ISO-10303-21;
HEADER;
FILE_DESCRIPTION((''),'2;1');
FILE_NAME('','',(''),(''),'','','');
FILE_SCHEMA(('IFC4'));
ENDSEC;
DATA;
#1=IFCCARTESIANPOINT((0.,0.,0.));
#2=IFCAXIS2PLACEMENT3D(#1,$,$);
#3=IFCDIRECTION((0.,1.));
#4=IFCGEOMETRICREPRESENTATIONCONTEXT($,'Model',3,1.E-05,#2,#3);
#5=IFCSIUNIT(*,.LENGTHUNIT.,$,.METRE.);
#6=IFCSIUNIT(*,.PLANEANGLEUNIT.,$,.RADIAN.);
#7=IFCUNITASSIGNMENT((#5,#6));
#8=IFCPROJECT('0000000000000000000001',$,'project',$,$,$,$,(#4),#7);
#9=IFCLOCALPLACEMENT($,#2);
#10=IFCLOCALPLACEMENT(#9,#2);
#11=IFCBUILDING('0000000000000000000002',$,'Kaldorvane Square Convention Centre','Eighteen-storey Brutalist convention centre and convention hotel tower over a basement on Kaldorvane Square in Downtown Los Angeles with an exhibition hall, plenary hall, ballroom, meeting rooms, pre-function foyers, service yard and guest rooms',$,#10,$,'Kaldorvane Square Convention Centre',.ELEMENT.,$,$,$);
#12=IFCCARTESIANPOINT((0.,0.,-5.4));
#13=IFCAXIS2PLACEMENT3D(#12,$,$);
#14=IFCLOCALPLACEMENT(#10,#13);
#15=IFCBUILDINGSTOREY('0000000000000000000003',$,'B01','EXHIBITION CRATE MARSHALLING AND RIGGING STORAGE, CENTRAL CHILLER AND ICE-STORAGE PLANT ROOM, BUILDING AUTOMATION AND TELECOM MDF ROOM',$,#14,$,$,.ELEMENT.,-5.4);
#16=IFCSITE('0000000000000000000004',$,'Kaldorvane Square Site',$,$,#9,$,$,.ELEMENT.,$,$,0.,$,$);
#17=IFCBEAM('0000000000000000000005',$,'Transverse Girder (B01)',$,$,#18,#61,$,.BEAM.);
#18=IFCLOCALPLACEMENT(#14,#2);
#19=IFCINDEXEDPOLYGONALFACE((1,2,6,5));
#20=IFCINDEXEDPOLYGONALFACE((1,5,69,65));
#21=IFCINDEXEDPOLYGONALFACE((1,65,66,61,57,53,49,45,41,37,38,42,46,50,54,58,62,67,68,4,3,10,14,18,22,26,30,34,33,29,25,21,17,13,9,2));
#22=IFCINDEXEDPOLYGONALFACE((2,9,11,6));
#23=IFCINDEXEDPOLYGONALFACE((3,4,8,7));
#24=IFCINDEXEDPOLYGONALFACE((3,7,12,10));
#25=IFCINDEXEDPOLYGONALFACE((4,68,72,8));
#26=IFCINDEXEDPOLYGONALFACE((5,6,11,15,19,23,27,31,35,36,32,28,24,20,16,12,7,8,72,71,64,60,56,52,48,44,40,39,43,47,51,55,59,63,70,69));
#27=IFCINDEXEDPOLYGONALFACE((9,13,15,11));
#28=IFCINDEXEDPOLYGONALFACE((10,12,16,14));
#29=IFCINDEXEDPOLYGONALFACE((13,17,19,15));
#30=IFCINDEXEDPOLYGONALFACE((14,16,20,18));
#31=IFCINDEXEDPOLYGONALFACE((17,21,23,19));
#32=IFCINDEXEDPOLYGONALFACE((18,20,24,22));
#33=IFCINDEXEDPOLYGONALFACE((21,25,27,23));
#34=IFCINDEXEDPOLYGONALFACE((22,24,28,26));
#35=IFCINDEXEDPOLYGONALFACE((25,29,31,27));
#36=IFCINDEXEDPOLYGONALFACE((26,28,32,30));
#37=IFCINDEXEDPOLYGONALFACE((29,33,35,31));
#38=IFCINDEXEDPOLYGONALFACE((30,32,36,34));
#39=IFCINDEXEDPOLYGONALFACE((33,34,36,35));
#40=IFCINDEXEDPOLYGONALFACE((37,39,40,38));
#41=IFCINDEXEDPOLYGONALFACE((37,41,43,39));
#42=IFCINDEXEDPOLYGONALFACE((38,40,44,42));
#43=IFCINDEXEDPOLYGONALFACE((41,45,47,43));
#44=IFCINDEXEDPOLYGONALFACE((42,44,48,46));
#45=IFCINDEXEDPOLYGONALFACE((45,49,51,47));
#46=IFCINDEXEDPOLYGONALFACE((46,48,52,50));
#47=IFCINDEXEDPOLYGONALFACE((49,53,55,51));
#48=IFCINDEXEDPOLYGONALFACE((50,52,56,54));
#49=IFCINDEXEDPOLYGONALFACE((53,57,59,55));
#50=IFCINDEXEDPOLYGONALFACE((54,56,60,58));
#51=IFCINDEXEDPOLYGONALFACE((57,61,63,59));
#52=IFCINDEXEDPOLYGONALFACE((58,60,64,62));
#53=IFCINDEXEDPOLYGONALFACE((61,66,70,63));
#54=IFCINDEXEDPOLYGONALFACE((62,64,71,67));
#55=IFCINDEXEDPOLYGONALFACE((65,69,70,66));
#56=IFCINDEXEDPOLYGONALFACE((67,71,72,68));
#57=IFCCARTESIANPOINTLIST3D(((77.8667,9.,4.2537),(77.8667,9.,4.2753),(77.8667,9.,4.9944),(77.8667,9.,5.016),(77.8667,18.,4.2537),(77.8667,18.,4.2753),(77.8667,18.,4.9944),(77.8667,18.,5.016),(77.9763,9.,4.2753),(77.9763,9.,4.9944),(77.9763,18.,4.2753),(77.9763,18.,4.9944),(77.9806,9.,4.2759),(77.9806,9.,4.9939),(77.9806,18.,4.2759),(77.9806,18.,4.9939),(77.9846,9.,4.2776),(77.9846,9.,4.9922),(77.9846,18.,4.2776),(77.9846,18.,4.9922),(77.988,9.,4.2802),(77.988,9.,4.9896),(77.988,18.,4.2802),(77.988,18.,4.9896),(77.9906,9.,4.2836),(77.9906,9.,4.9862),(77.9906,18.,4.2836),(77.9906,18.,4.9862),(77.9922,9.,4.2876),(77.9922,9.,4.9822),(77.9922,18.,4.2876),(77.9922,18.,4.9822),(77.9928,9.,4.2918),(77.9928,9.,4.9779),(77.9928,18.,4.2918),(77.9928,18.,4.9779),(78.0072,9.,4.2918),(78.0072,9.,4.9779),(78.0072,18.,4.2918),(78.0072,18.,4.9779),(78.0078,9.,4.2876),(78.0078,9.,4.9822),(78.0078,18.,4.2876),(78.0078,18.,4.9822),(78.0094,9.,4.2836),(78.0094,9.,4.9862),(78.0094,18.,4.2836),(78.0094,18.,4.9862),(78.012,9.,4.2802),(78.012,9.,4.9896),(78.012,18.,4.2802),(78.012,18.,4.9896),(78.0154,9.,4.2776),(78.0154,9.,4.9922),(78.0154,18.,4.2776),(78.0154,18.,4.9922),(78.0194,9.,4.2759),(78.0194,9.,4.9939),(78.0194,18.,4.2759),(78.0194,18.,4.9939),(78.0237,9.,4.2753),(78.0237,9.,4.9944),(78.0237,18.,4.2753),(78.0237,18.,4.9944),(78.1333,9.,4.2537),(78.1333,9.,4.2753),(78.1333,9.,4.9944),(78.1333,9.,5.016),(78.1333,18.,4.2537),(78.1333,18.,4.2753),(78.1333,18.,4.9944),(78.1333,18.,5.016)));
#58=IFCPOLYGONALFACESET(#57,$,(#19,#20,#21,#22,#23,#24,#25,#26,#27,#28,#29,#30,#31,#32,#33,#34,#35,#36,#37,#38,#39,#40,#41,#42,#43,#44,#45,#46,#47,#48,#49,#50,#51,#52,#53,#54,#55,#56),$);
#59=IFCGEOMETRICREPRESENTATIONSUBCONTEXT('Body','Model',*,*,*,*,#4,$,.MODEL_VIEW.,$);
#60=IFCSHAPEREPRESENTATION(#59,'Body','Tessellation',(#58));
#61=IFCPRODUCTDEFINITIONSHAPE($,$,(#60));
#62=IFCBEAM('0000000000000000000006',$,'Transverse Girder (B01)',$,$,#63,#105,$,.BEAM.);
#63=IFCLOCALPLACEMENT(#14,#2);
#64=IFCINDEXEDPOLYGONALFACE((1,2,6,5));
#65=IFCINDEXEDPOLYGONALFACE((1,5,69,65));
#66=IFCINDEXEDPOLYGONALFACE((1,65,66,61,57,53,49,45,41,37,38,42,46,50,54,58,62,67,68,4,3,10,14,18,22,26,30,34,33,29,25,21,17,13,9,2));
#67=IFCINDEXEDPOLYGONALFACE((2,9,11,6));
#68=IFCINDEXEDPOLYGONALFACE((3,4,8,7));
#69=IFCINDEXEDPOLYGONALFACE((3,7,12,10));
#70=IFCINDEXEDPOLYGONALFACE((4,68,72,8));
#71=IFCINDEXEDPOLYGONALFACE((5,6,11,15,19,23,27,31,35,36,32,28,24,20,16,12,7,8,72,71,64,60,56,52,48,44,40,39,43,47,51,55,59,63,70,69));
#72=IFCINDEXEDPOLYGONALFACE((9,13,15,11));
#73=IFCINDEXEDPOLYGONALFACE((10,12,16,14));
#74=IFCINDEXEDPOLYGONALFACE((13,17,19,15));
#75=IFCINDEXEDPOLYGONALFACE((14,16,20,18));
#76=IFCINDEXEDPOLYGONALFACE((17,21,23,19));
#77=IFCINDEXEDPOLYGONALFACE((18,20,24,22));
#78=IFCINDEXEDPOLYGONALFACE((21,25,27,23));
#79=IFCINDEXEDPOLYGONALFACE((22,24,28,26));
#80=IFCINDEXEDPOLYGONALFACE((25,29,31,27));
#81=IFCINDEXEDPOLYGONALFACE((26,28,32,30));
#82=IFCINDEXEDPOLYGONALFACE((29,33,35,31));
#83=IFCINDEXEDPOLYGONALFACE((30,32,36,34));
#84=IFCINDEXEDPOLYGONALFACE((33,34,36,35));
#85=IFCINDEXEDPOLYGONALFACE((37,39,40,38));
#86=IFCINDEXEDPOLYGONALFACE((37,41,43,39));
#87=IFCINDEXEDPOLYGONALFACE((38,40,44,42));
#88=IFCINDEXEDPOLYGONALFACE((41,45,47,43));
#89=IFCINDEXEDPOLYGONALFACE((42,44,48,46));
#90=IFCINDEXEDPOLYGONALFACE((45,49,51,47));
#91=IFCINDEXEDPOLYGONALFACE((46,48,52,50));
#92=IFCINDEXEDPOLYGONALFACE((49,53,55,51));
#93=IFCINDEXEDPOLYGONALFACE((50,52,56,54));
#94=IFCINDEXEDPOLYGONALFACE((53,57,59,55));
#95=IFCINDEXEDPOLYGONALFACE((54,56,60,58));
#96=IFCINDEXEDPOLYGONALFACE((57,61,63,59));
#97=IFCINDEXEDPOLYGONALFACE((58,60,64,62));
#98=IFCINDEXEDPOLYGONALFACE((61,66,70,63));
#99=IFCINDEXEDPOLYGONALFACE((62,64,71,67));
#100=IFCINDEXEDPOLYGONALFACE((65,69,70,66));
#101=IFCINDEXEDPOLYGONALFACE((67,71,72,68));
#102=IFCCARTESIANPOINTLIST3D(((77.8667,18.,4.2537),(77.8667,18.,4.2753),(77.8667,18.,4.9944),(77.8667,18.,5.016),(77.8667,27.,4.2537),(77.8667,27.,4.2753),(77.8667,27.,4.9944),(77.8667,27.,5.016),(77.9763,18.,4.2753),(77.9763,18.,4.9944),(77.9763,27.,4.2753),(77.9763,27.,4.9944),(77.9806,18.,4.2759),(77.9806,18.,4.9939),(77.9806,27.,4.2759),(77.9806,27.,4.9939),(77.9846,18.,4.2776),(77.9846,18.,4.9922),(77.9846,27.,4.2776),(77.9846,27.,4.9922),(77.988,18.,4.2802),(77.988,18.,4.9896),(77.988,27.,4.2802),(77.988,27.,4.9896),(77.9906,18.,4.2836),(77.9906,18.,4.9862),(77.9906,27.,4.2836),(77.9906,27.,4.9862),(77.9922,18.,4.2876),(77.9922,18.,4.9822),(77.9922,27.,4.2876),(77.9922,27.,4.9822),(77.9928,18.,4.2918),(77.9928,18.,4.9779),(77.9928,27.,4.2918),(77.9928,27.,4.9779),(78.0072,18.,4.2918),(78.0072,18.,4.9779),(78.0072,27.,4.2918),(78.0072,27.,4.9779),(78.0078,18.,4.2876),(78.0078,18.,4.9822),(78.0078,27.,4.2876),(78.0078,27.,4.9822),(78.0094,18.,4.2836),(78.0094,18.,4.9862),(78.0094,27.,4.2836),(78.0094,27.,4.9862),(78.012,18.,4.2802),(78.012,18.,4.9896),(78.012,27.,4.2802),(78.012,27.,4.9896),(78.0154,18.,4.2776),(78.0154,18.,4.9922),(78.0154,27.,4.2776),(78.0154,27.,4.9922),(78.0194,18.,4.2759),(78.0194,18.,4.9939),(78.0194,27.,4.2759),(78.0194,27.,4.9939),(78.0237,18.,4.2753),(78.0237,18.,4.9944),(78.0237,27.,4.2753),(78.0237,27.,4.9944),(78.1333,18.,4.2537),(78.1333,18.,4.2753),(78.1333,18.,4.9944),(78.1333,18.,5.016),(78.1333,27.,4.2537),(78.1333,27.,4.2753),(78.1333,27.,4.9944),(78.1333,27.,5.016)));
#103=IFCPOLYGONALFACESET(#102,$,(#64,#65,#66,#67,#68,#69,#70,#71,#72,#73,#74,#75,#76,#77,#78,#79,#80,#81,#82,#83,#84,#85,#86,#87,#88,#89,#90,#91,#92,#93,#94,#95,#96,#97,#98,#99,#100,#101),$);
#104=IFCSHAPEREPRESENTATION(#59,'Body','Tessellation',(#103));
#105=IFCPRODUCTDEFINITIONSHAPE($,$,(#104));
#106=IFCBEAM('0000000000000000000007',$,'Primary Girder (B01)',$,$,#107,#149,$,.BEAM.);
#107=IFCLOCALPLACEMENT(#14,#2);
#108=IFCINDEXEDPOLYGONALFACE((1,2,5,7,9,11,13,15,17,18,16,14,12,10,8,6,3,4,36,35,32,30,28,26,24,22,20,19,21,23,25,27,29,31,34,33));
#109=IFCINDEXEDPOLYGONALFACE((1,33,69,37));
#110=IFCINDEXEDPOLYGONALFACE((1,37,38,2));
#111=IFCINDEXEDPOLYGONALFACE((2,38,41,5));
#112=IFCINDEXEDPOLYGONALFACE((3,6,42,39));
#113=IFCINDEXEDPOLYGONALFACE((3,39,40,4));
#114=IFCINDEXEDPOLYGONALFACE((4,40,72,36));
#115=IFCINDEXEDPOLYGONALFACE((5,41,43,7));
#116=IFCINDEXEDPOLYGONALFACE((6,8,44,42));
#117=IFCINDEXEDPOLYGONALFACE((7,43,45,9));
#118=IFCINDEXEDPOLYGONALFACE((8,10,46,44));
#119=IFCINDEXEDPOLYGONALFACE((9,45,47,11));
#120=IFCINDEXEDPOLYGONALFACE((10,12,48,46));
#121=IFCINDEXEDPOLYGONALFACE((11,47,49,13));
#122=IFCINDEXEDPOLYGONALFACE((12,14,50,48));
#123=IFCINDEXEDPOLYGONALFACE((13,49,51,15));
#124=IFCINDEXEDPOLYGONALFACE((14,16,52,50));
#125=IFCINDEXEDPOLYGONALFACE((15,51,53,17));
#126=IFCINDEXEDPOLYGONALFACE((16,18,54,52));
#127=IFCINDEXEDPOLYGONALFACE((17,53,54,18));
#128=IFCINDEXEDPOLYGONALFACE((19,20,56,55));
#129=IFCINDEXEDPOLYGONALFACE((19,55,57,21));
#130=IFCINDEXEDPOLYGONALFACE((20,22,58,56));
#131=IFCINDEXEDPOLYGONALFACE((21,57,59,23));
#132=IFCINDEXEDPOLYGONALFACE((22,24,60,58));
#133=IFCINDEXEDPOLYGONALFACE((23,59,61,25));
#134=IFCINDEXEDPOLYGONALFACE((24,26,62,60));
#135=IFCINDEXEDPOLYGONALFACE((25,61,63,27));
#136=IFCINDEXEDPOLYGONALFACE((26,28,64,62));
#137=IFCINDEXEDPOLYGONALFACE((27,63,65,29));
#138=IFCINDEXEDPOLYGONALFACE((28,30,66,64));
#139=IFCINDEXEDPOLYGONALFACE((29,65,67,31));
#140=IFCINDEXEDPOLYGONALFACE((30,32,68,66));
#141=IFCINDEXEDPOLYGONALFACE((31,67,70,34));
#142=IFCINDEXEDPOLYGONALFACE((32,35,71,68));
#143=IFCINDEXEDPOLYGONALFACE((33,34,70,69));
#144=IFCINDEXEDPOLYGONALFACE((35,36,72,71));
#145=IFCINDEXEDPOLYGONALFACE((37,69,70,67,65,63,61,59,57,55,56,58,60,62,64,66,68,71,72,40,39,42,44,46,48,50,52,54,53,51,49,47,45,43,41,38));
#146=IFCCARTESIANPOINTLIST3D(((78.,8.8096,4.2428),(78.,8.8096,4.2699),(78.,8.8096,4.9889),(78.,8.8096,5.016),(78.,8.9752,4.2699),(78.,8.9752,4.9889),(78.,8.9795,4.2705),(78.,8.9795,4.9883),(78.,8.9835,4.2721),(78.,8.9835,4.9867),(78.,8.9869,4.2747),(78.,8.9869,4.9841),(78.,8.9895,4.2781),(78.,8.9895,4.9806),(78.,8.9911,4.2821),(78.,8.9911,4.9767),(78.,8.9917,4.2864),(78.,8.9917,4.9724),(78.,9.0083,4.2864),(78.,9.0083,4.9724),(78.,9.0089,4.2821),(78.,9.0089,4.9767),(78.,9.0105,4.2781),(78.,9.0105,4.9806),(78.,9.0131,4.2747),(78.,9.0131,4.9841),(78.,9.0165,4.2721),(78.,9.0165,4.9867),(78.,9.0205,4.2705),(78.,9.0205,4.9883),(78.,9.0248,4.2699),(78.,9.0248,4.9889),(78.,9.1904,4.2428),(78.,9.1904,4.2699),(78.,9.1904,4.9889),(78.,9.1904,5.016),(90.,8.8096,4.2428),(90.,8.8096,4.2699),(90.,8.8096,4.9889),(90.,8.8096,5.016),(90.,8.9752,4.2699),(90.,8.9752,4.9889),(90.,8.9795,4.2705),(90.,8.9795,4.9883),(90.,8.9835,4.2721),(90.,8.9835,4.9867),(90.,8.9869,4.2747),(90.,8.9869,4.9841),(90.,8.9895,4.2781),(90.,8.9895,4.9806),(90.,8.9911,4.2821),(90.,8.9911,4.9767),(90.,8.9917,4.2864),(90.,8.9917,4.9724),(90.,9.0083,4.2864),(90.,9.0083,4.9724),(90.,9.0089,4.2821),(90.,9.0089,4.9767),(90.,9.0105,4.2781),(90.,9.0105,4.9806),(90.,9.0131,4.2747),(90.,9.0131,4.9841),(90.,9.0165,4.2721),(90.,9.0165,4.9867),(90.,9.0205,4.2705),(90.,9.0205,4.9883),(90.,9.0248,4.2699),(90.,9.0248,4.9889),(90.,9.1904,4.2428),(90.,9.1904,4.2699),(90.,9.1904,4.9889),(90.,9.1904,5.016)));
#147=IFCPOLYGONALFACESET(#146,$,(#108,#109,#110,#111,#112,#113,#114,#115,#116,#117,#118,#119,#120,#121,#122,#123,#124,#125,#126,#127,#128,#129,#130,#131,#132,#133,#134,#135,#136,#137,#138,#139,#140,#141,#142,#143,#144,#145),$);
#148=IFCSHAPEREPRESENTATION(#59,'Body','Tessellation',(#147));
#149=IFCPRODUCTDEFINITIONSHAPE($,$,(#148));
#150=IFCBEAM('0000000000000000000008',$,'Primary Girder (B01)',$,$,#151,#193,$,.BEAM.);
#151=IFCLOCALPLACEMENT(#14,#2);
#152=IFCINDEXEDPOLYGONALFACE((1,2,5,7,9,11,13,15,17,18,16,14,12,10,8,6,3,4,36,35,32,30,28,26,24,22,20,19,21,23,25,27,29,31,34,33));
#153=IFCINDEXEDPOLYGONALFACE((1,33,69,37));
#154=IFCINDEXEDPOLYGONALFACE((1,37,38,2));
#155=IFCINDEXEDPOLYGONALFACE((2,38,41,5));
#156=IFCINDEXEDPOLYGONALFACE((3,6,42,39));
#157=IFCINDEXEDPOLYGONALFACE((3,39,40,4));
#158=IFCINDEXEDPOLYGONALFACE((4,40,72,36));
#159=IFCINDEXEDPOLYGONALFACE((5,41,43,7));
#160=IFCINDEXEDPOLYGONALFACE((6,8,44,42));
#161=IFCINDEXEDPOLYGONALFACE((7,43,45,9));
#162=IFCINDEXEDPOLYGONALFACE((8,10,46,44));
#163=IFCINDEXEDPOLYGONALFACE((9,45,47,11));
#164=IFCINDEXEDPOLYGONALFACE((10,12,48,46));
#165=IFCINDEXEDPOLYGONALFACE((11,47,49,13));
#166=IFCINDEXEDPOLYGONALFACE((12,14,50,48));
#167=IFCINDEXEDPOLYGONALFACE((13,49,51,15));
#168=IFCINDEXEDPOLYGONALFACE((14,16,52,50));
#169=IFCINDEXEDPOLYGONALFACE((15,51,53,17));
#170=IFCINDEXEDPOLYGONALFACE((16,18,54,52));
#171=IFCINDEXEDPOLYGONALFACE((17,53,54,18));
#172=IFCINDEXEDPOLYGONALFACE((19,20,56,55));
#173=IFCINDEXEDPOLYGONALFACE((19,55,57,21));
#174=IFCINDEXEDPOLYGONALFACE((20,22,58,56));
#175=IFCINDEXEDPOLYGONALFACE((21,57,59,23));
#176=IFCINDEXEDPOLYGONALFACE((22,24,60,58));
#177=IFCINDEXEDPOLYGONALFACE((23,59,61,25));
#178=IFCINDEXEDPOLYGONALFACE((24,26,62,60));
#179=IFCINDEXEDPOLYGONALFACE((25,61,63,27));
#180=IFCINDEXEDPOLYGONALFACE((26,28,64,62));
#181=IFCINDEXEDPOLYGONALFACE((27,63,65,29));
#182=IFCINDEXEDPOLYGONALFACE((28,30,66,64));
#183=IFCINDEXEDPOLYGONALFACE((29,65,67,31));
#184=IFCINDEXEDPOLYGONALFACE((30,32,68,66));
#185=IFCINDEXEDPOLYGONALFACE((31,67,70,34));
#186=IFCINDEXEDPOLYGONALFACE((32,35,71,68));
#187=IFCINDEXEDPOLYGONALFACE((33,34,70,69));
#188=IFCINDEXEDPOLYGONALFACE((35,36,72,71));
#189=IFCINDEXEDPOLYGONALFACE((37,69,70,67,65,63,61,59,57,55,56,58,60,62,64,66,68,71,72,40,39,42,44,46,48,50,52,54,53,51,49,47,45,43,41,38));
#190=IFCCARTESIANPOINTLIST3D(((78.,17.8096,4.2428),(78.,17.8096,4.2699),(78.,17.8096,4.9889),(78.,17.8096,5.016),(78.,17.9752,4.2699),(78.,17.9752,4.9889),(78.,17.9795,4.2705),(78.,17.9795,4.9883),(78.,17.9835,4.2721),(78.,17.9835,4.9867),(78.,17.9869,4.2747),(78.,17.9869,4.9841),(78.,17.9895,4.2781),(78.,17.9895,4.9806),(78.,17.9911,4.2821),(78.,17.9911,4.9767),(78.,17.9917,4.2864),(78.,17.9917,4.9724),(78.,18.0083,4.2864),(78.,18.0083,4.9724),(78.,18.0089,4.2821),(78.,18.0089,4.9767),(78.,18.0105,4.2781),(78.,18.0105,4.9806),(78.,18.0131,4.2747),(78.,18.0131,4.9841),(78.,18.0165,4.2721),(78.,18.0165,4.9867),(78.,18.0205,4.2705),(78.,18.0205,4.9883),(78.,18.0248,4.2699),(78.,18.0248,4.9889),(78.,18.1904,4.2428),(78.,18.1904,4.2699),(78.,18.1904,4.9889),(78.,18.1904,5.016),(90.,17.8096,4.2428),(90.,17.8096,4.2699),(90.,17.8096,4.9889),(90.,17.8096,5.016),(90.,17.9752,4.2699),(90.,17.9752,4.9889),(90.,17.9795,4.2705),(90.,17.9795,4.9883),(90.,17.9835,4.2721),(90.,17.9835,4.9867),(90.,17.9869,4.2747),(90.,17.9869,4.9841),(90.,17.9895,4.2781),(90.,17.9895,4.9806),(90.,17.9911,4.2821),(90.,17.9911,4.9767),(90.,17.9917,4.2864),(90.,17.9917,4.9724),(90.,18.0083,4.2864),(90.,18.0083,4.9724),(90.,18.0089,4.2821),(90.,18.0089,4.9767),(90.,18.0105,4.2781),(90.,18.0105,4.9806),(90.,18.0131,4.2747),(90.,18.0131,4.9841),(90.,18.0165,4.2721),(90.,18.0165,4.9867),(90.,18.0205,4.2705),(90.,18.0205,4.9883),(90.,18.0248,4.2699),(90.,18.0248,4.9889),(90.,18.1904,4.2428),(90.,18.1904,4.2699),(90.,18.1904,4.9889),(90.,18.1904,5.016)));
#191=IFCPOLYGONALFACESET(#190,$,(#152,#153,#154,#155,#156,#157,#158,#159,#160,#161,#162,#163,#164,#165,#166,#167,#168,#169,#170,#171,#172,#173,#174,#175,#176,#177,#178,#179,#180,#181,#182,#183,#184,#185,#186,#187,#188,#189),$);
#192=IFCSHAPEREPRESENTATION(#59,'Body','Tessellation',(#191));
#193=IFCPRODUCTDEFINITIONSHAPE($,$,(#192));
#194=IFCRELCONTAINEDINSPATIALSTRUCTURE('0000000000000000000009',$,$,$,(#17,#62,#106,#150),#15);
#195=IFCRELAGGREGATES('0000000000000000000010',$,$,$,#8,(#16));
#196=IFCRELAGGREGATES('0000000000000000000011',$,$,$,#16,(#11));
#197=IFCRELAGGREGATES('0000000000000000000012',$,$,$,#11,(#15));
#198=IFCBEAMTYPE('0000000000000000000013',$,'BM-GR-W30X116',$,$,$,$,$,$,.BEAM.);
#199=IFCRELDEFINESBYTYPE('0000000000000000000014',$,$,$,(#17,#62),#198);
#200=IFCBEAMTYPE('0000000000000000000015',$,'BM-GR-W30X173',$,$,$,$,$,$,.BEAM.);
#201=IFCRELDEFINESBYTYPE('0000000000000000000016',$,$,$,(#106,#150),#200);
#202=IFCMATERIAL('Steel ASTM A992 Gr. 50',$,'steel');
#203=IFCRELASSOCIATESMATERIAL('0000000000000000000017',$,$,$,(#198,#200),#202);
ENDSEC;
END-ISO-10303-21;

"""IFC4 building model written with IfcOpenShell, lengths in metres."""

from ifc_helpers import new_model, si_unit, direction, frame, origin, origin_2d, place, context, subcontext, project, spatial, i_section, extrude, material, material_profile, profile_set, type_object, element, save


model = new_model("IFC4")

# Units and contexts
model_context = context("Model", 3, precision=1e-05, world=origin(), true_north=direction((0.0, 1.0)))
body_context = subcontext(model_context, "Body", "Model", "MODEL_VIEW")
ifc_project = project(units=[si_unit("LENGTHUNIT", "METRE"), si_unit("PLANEANGLEUNIT", "RADIAN")], contexts=[model_context])

# Site, building, storey
site_placement = place(None, origin())
site = spatial("IfcSite", under=ifc_project, at=site_placement, Name="Kaldorvane Square Site", CompositionType="ELEMENT", RefElevation=0.0)
building_placement = place(site_placement, origin())
building = spatial("IfcBuilding", under=site, at=building_placement, Name="Kaldorvane Square Convention Centre", Description="Eighteen-storey Brutalist convention centre and convention hotel tower over a basement on Kaldorvane Square in Downtown Los Angeles with an exhibition hall, plenary hall, ballroom, meeting rooms, pre-function foyers, service yard and guest rooms", LongName="Kaldorvane Square Convention Centre", CompositionType="ELEMENT")
storey_placement = place(building_placement, frame((0.0, 0.0, -5.4)))
storey = spatial("IfcBuildingStorey", under=building, at=storey_placement, Name="B01", Description="EXHIBITION CRATE MARSHALLING AND RIGGING STORAGE, CENTRAL CHILLER AND ICE-STORAGE PLANT ROOM, BUILDING AUTOMATION AND TELECOM MDF ROOM", CompositionType="ELEMENT", Elevation=-5.4)

# Shared definitions
ifc_material_1 = material(Name="Steel ASTM A992 Gr. 50", Category="steel")

# Beams
ifc_material_profile_1 = material_profile(ifc_material_1, i_section(OverallWidth=0.2666, OverallDepth=0.7623, WebThickness=0.0144, FlangeThickness=0.0216, FilletRadius=0.0165, at=origin_2d()), Name="W30X116")
ifc_profile_set_1 = profile_set([ifc_material_profile_1], Name="Steel ASTM A992 Gr. 50")
beam_type_1 = type_object("IfcBeamType", Name="BM-GR-W30X116", PredefinedType="BEAM", material=ifc_profile_set_1)
for number, where, z_axis, x_axis, name in (
    (1, (78.0, 9.0, 4.6349), (0.0, 1.0, 0.0), (-1.0, 0.0, 0.0), "Transverse Girder (B01)"),
    (2, (78.0, 18.0, 4.6349), (0.0, 1.0, 0.0), (-1.0, 0.0, 0.0), "Transverse Girder (B01)"),
):
    element("IfcBeam", number, at=place(storey_placement, frame(where, z_axis=z_axis, x_axis=x_axis)), inside=storey, type_object=beam_type_1, Name=name, PredefinedType="BEAM", context=body_context, shape_type="SweptSolid", body=[
        extrude(i_section(OverallWidth=0.2666, OverallDepth=0.7623, WebThickness=0.0144, FlangeThickness=0.0216, FilletRadius=0.0165, at=origin_2d()), origin(), (0.0, 0.0, 1.0), 9.0),
    ])
ifc_material_profile_2 = material_profile(ifc_material_1, i_section(OverallWidth=0.3807, OverallDepth=0.7732, WebThickness=0.0166, FlangeThickness=0.0271, FilletRadius=0.0165, at=origin_2d()), Name="W30X173")
ifc_profile_set_2 = profile_set([ifc_material_profile_2], Name="Steel ASTM A992 Gr. 50")
beam_type_2 = type_object("IfcBeamType", Name="BM-GR-W30X173", PredefinedType="BEAM", material=ifc_profile_set_2)
for number, where, z_axis, x_axis, name in (
    (3, (78.0, 9.0, 4.6294), (1.0, 0.0, 0.0), (0.0, 1.0, 0.0), "Primary Girder (B01)"),
    (4, (78.0, 18.0, 4.6294), (1.0, 0.0, 0.0), (0.0, 1.0, 0.0), "Primary Girder (B01)"),
):
    element("IfcBeam", number, at=place(storey_placement, frame(where, z_axis=z_axis, x_axis=x_axis)), inside=storey, type_object=beam_type_2, Name=name, PredefinedType="BEAM", context=body_context, shape_type="SweptSolid", body=[
        extrude(i_section(OverallWidth=0.3807, OverallDepth=0.7732, WebThickness=0.0166, FlangeThickness=0.0271, FilletRadius=0.0165, at=origin_2d()), origin(), (0.0, 0.0, 1.0), 12.0),
    ])

save(model, "model.ifc")
